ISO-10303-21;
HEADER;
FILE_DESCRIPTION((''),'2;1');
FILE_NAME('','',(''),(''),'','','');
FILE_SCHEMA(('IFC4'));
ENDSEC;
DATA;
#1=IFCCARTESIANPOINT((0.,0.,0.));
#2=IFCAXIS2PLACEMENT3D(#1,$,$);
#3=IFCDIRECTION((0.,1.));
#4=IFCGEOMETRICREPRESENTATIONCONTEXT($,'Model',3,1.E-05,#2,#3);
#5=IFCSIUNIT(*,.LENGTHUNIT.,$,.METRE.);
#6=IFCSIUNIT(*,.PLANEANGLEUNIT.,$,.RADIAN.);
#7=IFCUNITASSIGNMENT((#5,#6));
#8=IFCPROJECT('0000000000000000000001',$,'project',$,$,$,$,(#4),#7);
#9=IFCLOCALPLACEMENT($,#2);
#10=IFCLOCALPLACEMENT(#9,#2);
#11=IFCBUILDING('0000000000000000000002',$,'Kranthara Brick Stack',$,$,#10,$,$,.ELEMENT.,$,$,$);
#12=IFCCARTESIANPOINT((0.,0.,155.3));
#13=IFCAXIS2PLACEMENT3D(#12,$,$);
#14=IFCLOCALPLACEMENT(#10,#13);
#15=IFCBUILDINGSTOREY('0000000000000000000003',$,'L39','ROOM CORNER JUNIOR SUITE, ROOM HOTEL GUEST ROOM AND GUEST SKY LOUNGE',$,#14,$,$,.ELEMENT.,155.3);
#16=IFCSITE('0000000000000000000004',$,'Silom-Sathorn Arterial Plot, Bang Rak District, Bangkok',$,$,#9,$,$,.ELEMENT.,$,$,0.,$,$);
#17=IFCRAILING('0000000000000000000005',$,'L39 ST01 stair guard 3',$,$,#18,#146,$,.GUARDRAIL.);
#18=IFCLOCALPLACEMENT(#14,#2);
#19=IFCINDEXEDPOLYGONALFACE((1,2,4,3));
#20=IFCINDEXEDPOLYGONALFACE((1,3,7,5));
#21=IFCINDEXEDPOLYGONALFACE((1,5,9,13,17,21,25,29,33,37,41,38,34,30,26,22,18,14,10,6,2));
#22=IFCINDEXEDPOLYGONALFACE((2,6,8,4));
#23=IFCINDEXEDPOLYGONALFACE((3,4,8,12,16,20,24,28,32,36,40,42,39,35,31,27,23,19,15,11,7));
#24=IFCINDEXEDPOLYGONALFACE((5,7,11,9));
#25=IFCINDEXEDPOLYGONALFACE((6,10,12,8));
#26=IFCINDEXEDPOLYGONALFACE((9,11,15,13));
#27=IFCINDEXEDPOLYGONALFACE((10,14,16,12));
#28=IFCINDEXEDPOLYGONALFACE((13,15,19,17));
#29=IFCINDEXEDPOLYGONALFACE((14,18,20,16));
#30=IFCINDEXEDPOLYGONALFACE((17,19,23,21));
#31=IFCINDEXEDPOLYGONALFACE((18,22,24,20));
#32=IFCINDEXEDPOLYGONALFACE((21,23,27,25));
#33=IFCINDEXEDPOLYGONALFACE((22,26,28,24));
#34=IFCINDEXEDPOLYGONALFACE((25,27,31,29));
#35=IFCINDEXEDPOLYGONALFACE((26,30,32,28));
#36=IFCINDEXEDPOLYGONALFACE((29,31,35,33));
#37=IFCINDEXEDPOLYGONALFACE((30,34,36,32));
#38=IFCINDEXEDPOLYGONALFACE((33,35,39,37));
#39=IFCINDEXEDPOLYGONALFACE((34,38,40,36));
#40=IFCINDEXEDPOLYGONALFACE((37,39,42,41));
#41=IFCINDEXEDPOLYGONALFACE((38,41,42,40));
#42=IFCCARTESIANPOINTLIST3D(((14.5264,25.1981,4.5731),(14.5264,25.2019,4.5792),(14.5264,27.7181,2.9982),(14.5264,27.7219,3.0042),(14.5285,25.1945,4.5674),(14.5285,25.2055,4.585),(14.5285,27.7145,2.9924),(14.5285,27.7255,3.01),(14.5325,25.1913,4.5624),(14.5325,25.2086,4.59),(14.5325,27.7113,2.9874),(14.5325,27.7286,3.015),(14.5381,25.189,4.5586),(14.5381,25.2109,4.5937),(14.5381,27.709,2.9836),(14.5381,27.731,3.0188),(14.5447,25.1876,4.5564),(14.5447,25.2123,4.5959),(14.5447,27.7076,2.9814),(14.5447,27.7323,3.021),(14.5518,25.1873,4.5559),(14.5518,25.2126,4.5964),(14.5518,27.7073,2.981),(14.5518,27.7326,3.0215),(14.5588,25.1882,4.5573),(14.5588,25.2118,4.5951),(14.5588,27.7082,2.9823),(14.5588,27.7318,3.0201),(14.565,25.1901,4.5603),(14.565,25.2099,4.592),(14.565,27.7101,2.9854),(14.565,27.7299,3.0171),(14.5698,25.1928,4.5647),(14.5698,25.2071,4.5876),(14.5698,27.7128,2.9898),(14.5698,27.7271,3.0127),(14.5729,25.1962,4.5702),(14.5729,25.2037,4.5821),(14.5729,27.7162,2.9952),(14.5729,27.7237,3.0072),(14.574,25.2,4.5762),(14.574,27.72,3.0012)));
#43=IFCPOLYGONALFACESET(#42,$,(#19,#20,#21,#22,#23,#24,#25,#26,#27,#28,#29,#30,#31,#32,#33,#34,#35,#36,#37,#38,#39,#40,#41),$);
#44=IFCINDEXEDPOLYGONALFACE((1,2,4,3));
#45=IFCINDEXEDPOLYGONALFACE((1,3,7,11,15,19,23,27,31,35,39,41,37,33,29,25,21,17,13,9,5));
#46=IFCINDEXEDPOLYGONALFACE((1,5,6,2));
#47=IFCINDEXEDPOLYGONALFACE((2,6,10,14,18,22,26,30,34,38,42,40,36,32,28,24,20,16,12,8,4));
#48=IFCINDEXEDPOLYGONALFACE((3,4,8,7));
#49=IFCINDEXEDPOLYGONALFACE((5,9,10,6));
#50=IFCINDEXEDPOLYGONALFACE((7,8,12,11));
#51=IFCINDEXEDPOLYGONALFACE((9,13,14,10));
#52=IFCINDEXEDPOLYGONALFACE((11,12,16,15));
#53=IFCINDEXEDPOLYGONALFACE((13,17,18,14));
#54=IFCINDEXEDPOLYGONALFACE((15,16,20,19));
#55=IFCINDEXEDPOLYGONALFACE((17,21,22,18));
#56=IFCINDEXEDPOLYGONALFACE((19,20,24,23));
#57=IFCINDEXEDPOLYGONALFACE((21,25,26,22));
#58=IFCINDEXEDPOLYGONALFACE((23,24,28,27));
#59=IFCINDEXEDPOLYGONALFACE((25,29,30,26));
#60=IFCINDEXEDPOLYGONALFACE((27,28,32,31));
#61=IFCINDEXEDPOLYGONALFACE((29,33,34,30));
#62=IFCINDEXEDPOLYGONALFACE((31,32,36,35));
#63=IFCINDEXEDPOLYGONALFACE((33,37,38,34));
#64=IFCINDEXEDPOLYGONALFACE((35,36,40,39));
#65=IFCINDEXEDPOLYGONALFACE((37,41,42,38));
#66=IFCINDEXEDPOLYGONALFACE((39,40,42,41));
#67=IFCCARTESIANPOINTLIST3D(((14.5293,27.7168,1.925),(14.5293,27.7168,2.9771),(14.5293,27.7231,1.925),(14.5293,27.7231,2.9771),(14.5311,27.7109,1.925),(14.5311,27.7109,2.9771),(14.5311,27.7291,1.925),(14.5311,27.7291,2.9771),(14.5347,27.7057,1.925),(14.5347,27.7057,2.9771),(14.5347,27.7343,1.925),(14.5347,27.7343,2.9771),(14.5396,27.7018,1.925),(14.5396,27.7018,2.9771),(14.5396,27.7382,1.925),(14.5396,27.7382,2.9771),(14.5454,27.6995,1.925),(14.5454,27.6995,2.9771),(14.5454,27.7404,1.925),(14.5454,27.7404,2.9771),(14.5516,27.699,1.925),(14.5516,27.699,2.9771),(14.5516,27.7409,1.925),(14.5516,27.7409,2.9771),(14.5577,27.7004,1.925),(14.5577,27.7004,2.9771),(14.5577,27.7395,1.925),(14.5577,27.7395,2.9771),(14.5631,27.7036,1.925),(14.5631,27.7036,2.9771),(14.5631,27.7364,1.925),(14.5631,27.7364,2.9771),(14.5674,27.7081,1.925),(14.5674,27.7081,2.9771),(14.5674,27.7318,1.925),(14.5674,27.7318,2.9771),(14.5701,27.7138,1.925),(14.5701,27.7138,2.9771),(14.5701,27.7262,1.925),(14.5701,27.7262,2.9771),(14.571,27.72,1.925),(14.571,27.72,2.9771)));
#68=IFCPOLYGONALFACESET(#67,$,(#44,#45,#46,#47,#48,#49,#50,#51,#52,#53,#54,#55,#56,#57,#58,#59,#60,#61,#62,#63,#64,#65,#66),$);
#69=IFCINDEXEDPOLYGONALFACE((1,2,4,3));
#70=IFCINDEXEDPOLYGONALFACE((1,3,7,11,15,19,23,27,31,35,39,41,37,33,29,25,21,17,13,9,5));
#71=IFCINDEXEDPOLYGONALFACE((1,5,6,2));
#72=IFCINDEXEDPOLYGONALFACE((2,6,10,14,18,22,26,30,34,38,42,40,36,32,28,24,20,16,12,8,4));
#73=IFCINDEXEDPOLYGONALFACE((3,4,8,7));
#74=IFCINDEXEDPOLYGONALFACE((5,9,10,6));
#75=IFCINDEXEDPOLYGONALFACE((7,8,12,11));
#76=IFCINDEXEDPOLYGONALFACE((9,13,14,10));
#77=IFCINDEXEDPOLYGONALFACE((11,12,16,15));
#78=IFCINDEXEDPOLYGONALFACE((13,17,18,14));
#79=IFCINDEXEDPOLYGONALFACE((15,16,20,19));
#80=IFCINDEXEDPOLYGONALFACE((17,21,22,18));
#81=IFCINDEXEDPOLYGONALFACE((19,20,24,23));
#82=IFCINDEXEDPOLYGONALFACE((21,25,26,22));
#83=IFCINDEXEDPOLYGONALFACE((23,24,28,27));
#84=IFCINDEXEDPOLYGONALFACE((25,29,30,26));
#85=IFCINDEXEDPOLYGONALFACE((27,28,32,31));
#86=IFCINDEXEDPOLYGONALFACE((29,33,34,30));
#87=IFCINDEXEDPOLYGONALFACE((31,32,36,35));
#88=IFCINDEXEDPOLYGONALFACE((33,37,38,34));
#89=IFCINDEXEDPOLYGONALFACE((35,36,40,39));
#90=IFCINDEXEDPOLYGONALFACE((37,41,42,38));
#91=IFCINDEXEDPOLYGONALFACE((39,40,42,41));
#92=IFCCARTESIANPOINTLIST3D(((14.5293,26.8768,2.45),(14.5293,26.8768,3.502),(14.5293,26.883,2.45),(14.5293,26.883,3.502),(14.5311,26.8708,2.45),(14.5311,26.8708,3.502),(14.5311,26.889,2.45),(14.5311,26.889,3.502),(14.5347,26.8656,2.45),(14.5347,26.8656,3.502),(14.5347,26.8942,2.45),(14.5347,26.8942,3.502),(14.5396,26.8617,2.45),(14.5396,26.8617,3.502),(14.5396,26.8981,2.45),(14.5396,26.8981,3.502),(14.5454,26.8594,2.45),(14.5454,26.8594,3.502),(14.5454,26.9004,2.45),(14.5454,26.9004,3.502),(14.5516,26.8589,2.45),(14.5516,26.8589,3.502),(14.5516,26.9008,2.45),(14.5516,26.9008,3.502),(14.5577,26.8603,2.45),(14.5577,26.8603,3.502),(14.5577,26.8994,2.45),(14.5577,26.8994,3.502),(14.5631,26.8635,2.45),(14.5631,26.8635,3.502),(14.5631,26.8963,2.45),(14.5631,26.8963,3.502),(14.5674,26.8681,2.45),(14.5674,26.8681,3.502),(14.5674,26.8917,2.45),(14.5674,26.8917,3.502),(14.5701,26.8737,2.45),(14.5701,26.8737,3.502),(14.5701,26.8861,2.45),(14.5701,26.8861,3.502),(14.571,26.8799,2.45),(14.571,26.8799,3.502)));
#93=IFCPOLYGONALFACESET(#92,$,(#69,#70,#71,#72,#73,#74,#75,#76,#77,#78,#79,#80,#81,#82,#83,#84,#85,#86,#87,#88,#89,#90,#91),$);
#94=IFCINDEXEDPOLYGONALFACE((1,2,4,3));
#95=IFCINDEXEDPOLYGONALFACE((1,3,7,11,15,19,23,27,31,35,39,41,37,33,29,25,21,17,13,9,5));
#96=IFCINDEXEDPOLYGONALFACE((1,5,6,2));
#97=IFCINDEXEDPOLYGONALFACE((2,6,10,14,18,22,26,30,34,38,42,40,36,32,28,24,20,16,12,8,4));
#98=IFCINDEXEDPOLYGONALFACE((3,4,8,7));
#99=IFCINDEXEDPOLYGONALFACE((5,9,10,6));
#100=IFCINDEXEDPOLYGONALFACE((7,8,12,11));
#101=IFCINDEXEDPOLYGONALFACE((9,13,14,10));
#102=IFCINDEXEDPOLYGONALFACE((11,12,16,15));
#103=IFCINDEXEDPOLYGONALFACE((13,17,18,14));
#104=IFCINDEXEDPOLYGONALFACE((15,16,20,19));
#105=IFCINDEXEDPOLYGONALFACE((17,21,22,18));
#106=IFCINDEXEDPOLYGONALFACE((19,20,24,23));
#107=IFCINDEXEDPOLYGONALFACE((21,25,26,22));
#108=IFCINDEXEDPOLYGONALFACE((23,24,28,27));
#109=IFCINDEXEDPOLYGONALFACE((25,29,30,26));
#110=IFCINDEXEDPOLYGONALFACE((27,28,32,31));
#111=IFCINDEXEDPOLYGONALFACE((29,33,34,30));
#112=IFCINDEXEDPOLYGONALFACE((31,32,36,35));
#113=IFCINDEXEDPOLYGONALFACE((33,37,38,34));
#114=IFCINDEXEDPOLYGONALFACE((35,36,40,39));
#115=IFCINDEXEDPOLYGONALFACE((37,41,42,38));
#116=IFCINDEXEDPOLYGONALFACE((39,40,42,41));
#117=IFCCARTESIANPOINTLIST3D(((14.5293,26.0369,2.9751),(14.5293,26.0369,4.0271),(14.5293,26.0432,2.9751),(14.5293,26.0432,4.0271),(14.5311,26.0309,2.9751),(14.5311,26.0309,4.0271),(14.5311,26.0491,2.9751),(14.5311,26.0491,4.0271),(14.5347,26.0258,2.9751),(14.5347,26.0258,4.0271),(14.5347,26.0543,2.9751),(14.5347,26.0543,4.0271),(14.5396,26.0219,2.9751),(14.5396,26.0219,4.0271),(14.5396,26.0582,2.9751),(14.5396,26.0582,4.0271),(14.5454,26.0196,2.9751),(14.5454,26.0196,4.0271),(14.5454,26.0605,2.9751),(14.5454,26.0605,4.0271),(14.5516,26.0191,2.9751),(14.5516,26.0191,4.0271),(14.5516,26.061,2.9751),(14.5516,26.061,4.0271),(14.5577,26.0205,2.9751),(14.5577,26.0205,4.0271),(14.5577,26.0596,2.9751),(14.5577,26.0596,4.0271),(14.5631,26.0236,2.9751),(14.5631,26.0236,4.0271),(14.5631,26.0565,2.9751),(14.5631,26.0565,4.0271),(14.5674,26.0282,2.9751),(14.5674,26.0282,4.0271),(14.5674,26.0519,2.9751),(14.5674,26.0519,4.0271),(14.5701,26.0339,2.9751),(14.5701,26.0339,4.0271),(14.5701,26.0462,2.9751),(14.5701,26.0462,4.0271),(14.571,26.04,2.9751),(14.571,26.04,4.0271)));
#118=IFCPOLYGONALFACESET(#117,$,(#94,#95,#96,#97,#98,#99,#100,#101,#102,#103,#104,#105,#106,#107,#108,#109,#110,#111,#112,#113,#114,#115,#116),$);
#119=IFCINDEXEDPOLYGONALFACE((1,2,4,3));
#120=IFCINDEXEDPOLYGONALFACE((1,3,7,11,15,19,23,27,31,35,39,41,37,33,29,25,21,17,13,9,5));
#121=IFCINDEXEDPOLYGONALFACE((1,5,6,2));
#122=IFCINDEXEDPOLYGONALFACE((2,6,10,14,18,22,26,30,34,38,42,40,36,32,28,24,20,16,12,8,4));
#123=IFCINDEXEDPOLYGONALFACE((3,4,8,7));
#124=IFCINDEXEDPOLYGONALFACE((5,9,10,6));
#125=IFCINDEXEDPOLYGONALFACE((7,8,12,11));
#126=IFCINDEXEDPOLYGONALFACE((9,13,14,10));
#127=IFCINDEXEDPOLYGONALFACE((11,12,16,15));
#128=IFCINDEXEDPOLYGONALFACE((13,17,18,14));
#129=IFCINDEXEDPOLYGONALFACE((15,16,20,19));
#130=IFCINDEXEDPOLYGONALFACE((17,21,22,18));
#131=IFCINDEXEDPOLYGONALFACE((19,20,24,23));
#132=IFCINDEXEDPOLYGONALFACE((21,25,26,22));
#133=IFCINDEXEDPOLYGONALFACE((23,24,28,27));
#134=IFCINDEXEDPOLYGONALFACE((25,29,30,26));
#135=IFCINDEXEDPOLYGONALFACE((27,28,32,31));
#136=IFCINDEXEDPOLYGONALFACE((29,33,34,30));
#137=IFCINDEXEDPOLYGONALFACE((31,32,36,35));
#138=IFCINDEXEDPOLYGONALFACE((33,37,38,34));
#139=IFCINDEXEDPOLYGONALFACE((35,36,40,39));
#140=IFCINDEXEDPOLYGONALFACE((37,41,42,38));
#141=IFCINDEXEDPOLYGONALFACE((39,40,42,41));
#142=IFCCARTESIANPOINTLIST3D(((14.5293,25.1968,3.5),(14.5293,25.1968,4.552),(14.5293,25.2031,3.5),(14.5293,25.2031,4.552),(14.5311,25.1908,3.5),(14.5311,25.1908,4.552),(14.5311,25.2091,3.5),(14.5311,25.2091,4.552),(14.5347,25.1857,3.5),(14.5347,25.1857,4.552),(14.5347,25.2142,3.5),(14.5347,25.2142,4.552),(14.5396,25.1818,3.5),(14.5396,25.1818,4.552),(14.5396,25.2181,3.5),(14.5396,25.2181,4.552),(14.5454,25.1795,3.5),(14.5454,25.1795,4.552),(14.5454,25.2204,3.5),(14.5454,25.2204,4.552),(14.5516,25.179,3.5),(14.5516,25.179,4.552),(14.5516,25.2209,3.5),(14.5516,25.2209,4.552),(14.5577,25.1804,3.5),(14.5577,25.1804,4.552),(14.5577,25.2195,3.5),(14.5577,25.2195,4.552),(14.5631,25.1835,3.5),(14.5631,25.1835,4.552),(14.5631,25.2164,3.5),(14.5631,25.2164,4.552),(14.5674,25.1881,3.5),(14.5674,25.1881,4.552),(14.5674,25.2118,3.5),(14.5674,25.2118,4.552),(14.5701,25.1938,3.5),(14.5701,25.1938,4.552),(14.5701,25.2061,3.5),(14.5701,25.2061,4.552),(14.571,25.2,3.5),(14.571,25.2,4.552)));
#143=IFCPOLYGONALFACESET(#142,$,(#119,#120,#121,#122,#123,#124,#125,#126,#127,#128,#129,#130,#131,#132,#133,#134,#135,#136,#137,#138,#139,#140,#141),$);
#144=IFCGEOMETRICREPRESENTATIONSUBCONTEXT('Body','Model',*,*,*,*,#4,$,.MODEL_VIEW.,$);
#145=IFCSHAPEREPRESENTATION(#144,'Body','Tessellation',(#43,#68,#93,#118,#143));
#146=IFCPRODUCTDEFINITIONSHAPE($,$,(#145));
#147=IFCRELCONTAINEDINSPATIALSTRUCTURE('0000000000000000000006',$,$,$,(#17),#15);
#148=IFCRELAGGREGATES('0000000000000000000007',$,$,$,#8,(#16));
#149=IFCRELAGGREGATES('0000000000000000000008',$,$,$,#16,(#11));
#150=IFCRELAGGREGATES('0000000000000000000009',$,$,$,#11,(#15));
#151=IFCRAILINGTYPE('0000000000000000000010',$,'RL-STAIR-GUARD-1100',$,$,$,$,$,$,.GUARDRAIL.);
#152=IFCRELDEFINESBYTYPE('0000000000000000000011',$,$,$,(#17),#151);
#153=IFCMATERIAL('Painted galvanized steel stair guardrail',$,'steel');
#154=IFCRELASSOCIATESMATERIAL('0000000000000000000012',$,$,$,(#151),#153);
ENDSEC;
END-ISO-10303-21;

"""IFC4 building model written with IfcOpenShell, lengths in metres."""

from ifc_helpers import new_model, si_unit, direction, frame, origin, origin_2d, place, context, subcontext, project, spatial, circle, extrude, material, type_object, element, save


model = new_model("IFC4")

# Units and contexts
model_context = context("Model", 3, precision=1e-05, world=origin(), true_north=direction((0.0, 1.0)))
body_context = subcontext(model_context, "Body", "Model", "MODEL_VIEW")
ifc_project = project(units=[si_unit("LENGTHUNIT", "METRE"), si_unit("PLANEANGLEUNIT", "RADIAN")], contexts=[model_context])

# Site, building, storey
site_placement = place(None, origin())
site = spatial("IfcSite", under=ifc_project, at=site_placement, Name="Silom-Sathorn Arterial Plot, Bang Rak District, Bangkok", CompositionType="ELEMENT", RefElevation=0.0)
building_placement = place(site_placement, origin())
building = spatial("IfcBuilding", under=site, at=building_placement, Name="Kranthara Brick Stack", CompositionType="ELEMENT")
storey_placement = place(building_placement, frame((0.0, 0.0, 155.3)))
storey = spatial("IfcBuildingStorey", under=building, at=storey_placement, Name="L39", Description="ROOM CORNER JUNIOR SUITE, ROOM HOTEL GUEST ROOM AND GUEST SKY LOUNGE", CompositionType="ELEMENT", Elevation=155.3)

# Railing
ifc_material_1 = material(Name="Painted galvanized steel stair guardrail", Category="steel")
railing_type_1 = type_object("IfcRailingType", Name="RL-STAIR-GUARD-1100", PredefinedType="GUARDRAIL", material=ifc_material_1)
railing_1_placement = place(storey_placement, frame((14.55, 27.72, 1.925)))
element("IfcRailing", 1, at=railing_1_placement, inside=storey, type_object=railing_type_1, Name="L39 ST01 stair guard 3", PredefinedType="GUARDRAIL", context=body_context, shape_type="SweptSolid", body=[
    extrude(circle(Radius=0.0239, at=origin_2d()), frame((0.0, 0.0, 1.0762), z_axis=(0.0, -0.848008, 0.529984), x_axis=(1.0, 0.0, 0.0)), (0.0, 0.0, 1.0), 2.9717),
    extrude(circle(Radius=0.021, at=origin_2d()), origin(), (0.0, 0.0, 1.0), 1.052),
    extrude(circle(Radius=0.021, at=origin_2d()), frame((0.0, -0.8401, 0.5249)), (0.0, 0.0, 1.0), 1.052),
    extrude(circle(Radius=0.021, at=origin_2d()), frame((0.0, -1.6799, 1.05)), (0.0, 0.0, 1.0), 1.052),
    extrude(circle(Radius=0.021, at=origin_2d()), frame((0.0, -2.52, 1.575)), (0.0, 0.0, 1.0), 1.052),
])

save(model, "model.ifc")
